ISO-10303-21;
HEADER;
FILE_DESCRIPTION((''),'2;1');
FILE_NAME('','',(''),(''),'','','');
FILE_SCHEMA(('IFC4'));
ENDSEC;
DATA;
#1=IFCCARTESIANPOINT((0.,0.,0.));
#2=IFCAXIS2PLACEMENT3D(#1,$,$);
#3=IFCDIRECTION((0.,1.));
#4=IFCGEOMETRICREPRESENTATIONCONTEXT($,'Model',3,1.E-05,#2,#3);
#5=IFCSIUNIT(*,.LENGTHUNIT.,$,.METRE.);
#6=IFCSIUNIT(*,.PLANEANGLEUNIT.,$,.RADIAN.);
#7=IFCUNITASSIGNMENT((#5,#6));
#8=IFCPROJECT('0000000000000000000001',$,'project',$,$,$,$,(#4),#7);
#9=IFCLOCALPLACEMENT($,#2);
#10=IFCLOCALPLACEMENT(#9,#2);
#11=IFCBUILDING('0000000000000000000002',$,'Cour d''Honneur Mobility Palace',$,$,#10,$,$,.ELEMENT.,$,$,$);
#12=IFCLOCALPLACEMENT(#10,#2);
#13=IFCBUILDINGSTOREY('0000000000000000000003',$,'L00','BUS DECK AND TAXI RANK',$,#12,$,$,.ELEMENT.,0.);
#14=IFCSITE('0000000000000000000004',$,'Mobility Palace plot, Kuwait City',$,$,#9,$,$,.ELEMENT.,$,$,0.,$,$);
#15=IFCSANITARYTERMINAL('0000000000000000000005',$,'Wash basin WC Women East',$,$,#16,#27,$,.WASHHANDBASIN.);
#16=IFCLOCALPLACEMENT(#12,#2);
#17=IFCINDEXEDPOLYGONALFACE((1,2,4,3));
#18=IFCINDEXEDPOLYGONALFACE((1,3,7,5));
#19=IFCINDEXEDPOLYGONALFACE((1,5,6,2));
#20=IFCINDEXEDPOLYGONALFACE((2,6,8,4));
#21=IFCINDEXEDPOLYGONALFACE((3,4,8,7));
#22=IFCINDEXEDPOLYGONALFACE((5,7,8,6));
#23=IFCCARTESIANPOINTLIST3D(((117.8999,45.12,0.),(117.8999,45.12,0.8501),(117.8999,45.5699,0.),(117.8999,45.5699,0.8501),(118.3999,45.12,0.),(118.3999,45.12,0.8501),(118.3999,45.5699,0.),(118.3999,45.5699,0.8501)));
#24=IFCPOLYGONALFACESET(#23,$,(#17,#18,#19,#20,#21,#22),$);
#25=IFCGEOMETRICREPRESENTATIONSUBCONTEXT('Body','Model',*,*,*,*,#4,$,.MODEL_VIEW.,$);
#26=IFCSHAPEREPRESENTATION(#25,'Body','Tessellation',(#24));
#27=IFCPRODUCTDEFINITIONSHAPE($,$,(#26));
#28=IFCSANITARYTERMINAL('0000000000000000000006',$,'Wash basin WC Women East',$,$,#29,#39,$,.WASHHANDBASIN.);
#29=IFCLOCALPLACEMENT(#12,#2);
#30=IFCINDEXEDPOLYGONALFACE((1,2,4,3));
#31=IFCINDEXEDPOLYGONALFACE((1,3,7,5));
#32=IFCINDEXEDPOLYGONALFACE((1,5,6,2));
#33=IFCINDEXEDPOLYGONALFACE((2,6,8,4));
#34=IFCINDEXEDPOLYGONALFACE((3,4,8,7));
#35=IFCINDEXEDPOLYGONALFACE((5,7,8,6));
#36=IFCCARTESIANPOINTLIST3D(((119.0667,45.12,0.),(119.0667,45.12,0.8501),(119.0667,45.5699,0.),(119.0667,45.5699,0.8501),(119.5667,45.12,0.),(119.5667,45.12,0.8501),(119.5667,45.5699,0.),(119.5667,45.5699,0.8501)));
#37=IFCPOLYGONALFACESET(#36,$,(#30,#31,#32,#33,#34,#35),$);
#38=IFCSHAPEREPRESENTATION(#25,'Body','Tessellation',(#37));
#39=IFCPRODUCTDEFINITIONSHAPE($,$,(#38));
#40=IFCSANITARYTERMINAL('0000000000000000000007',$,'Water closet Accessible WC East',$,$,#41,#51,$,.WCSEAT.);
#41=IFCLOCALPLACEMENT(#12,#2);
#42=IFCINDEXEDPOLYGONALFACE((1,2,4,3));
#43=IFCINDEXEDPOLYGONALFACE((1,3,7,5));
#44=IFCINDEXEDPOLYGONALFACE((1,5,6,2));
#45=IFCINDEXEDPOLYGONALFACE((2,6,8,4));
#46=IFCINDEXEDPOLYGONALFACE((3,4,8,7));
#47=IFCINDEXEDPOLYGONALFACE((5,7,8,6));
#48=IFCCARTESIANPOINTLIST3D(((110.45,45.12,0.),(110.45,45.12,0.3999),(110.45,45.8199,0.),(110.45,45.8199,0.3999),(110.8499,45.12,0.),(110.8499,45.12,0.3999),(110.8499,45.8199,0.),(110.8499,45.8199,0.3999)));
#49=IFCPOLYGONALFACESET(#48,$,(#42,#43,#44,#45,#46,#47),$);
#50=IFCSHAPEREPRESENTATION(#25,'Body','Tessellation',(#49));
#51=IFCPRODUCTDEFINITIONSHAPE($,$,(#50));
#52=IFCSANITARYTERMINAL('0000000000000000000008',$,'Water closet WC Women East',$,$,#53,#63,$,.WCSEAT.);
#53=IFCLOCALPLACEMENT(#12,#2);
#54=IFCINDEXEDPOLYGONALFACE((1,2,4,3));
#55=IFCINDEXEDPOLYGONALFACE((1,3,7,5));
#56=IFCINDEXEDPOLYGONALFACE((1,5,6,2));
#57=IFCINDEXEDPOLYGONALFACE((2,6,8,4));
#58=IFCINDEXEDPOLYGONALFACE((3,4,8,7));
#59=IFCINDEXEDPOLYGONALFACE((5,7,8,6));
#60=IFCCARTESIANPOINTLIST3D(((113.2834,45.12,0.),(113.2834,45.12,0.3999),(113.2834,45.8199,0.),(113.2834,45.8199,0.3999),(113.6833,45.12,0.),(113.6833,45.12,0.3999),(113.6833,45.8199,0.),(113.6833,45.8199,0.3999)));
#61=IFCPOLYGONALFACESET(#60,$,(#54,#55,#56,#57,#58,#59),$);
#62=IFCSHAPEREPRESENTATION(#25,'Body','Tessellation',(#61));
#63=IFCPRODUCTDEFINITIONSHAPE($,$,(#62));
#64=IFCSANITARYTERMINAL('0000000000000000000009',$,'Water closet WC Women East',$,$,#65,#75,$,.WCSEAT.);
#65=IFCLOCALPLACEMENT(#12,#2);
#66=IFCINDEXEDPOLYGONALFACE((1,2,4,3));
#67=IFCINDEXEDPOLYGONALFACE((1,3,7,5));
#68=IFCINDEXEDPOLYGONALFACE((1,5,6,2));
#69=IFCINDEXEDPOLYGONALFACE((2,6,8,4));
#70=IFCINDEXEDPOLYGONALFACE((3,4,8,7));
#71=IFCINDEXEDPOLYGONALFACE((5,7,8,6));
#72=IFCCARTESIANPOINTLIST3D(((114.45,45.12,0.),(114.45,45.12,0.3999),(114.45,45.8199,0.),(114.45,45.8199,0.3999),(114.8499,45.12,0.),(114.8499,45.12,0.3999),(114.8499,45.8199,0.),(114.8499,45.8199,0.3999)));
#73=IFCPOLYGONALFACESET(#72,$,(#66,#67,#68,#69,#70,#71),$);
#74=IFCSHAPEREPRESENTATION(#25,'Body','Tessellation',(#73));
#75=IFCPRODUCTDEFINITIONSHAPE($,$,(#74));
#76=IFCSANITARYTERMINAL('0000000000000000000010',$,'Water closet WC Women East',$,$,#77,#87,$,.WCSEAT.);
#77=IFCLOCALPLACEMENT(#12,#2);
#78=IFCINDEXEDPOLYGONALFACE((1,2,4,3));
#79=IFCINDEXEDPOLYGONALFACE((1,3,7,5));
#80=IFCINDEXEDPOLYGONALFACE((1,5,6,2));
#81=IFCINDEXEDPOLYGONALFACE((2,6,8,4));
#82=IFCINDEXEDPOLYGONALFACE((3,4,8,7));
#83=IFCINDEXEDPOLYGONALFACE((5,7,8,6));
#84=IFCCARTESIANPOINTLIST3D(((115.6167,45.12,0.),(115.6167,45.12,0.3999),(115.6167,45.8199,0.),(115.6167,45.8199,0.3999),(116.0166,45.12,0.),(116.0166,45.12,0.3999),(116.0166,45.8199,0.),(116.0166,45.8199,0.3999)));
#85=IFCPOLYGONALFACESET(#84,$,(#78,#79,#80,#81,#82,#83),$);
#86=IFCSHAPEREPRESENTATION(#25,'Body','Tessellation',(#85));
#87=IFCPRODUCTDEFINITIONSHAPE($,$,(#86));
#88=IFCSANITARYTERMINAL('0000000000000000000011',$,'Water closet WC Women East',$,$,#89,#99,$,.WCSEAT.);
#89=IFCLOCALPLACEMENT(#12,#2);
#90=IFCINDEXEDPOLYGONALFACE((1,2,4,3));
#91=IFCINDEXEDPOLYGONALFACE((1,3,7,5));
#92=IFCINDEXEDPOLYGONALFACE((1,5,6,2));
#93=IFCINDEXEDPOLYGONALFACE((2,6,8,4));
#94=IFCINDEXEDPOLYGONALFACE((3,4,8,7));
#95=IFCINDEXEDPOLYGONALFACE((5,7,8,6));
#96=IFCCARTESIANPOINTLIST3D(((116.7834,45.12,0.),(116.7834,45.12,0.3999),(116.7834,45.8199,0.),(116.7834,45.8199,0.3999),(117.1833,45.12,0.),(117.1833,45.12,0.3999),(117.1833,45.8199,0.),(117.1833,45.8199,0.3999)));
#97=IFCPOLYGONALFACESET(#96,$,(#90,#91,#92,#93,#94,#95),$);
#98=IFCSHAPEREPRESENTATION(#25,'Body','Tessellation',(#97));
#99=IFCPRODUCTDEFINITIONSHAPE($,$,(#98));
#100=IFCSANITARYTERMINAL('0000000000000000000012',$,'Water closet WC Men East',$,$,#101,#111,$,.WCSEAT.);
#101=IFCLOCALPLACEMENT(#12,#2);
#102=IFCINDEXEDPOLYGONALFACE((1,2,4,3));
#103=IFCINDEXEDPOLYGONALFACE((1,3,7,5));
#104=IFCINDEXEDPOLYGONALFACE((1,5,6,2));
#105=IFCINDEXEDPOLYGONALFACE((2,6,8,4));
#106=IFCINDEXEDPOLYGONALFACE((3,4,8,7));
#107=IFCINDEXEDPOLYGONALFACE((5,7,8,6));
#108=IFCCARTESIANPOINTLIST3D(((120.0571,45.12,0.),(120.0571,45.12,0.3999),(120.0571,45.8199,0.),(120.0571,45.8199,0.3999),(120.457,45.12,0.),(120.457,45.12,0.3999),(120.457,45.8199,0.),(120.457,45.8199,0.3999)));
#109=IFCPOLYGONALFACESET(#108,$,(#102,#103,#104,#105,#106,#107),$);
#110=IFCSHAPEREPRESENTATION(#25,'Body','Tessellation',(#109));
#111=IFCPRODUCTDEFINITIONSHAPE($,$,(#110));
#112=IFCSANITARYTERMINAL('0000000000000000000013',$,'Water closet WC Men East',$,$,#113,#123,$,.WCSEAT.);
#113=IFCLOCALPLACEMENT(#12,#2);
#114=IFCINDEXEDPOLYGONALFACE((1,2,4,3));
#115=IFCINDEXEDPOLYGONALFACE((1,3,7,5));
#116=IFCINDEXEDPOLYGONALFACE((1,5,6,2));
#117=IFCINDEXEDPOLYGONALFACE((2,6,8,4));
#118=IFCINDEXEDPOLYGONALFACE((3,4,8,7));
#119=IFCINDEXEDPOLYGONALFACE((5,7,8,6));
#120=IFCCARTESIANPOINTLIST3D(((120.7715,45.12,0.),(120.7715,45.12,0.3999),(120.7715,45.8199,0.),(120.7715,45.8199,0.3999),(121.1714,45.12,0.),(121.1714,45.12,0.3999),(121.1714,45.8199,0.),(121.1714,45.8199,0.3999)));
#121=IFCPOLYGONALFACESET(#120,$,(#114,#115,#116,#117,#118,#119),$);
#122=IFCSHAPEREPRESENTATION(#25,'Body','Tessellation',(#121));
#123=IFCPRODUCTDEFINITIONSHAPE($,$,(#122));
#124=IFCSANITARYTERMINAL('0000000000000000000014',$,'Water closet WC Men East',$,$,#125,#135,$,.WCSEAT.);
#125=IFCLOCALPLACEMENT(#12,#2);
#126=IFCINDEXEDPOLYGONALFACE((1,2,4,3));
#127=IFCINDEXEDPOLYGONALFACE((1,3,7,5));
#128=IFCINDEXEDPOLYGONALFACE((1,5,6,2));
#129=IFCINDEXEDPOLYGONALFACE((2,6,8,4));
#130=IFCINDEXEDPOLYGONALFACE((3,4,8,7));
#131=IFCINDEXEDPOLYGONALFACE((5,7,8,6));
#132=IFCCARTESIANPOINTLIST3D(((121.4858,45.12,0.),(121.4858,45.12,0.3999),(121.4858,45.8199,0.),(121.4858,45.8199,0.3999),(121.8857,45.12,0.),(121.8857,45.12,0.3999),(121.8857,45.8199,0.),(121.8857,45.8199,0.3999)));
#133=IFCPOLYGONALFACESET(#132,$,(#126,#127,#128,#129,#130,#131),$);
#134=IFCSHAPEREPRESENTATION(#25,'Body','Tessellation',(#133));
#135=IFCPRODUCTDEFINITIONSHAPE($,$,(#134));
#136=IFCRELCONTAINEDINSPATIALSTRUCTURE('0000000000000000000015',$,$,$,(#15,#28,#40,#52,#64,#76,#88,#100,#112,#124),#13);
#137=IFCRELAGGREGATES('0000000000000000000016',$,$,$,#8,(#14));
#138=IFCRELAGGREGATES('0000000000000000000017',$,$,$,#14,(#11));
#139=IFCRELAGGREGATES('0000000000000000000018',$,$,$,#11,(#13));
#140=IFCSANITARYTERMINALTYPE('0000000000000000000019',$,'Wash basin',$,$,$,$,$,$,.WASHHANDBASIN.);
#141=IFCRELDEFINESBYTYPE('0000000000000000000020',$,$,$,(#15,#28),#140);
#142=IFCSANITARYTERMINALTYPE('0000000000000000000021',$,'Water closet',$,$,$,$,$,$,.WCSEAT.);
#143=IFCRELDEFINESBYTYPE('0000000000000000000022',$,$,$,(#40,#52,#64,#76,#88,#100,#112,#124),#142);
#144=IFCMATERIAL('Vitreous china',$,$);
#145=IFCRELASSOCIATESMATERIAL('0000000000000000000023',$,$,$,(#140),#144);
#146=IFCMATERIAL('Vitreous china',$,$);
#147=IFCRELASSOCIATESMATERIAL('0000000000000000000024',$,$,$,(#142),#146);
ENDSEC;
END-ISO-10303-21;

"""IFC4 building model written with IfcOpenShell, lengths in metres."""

from ifc_helpers import new_model, si_unit, direction, frame, origin, origin_2d, place, context, subcontext, project, spatial, rectangle, extrude, material, type_object, element, save


model = new_model("IFC4")

# Units and contexts
model_context = context("Model", 3, precision=1e-05, world=origin(), true_north=direction((0.0, 1.0)))
body_context = subcontext(model_context, "Body", "Model", "MODEL_VIEW")
ifc_project = project(units=[si_unit("LENGTHUNIT", "METRE"), si_unit("PLANEANGLEUNIT", "RADIAN")], contexts=[model_context])

# Site, building, storey
site_placement = place(None, origin())
site = spatial("IfcSite", under=ifc_project, at=site_placement, Name="Mobility Palace plot, Kuwait City", CompositionType="ELEMENT", RefElevation=0.0)
building_placement = place(site_placement, origin())
building = spatial("IfcBuilding", under=site, at=building_placement, Name="Cour d'Honneur Mobility Palace", CompositionType="ELEMENT")
storey_placement = place(building_placement, origin())
storey = spatial("IfcBuildingStorey", under=building, at=storey_placement, Name="L00", Description="BUS DECK AND TAXI RANK", CompositionType="ELEMENT", Elevation=0.0)

# Sanitary terminals
ifc_material_1 = material(Name="Vitreous china")
sanitary_terminal_type_1 = type_object("IfcSanitaryTerminalType", Name="Wash basin", PredefinedType="WASHHANDBASIN", material=ifc_material_1)
for number, where, z_axis, x_axis, name in (
    (1, (118.1499, 45.345, 0.0), (0.0, 0.0, 1.0), (1.0, 0.0, 0.0), "Wash basin WC Women East"),
    (2, (119.3167, 45.345, 0.0), (0.0, 0.0, 1.0), (1.0, 0.0, 0.0), "Wash basin WC Women East"),
):
    element("IfcSanitaryTerminal", number, at=place(storey_placement, frame(where, z_axis=z_axis, x_axis=x_axis)), inside=storey, type_object=sanitary_terminal_type_1, Name=name, PredefinedType="WASHHANDBASIN", context=body_context, shape_type="SweptSolid", body=[
        extrude(rectangle(XDim=0.5, YDim=0.45, at=origin_2d()), origin(), (0.0, 0.0, 1.0), 0.8501),
    ])
ifc_material_2 = material(Name="Vitreous china")
sanitary_terminal_type_2 = type_object("IfcSanitaryTerminalType", Name="Water closet", PredefinedType="WCSEAT", material=ifc_material_2)
for number, where, z_axis, x_axis, name in (
    (3, (110.6499, 45.47, 0.0), (0.0, 0.0, 1.0), (1.0, 0.0, 0.0), "Water closet Accessible WC East"),
    (4, (113.4834, 45.47, 0.0), (0.0, 0.0, 1.0), (1.0, 0.0, 0.0), "Water closet WC Women East"),
    (5, (114.6499, 45.47, 0.0), (0.0, 0.0, 1.0), (1.0, 0.0, 0.0), "Water closet WC Women East"),
    (6, (115.8167, 45.47, 0.0), (0.0, 0.0, 1.0), (1.0, 0.0, 0.0), "Water closet WC Women East"),
    (7, (116.9834, 45.47, 0.0), (0.0, 0.0, 1.0), (1.0, 0.0, 0.0), "Water closet WC Women East"),
    (8, (120.2571, 45.47, 0.0), (0.0, 0.0, 1.0), (1.0, 0.0, 0.0), "Water closet WC Men East"),
    (9, (120.9714, 45.47, 0.0), (0.0, 0.0, 1.0), (1.0, 0.0, 0.0), "Water closet WC Men East"),
    (10, (121.6858, 45.47, 0.0), (0.0, 0.0, 1.0), (1.0, 0.0, 0.0), "Water closet WC Men East"),
):
    element("IfcSanitaryTerminal", number, at=place(storey_placement, frame(where, z_axis=z_axis, x_axis=x_axis)), inside=storey, type_object=sanitary_terminal_type_2, Name=name, PredefinedType="WCSEAT", context=body_context, shape_type="SweptSolid", body=[
        extrude(rectangle(XDim=0.3999, YDim=0.7, at=origin_2d()), origin(), (0.0, 0.0, 1.0), 0.3999),
    ])

save(model, "model.ifc")
